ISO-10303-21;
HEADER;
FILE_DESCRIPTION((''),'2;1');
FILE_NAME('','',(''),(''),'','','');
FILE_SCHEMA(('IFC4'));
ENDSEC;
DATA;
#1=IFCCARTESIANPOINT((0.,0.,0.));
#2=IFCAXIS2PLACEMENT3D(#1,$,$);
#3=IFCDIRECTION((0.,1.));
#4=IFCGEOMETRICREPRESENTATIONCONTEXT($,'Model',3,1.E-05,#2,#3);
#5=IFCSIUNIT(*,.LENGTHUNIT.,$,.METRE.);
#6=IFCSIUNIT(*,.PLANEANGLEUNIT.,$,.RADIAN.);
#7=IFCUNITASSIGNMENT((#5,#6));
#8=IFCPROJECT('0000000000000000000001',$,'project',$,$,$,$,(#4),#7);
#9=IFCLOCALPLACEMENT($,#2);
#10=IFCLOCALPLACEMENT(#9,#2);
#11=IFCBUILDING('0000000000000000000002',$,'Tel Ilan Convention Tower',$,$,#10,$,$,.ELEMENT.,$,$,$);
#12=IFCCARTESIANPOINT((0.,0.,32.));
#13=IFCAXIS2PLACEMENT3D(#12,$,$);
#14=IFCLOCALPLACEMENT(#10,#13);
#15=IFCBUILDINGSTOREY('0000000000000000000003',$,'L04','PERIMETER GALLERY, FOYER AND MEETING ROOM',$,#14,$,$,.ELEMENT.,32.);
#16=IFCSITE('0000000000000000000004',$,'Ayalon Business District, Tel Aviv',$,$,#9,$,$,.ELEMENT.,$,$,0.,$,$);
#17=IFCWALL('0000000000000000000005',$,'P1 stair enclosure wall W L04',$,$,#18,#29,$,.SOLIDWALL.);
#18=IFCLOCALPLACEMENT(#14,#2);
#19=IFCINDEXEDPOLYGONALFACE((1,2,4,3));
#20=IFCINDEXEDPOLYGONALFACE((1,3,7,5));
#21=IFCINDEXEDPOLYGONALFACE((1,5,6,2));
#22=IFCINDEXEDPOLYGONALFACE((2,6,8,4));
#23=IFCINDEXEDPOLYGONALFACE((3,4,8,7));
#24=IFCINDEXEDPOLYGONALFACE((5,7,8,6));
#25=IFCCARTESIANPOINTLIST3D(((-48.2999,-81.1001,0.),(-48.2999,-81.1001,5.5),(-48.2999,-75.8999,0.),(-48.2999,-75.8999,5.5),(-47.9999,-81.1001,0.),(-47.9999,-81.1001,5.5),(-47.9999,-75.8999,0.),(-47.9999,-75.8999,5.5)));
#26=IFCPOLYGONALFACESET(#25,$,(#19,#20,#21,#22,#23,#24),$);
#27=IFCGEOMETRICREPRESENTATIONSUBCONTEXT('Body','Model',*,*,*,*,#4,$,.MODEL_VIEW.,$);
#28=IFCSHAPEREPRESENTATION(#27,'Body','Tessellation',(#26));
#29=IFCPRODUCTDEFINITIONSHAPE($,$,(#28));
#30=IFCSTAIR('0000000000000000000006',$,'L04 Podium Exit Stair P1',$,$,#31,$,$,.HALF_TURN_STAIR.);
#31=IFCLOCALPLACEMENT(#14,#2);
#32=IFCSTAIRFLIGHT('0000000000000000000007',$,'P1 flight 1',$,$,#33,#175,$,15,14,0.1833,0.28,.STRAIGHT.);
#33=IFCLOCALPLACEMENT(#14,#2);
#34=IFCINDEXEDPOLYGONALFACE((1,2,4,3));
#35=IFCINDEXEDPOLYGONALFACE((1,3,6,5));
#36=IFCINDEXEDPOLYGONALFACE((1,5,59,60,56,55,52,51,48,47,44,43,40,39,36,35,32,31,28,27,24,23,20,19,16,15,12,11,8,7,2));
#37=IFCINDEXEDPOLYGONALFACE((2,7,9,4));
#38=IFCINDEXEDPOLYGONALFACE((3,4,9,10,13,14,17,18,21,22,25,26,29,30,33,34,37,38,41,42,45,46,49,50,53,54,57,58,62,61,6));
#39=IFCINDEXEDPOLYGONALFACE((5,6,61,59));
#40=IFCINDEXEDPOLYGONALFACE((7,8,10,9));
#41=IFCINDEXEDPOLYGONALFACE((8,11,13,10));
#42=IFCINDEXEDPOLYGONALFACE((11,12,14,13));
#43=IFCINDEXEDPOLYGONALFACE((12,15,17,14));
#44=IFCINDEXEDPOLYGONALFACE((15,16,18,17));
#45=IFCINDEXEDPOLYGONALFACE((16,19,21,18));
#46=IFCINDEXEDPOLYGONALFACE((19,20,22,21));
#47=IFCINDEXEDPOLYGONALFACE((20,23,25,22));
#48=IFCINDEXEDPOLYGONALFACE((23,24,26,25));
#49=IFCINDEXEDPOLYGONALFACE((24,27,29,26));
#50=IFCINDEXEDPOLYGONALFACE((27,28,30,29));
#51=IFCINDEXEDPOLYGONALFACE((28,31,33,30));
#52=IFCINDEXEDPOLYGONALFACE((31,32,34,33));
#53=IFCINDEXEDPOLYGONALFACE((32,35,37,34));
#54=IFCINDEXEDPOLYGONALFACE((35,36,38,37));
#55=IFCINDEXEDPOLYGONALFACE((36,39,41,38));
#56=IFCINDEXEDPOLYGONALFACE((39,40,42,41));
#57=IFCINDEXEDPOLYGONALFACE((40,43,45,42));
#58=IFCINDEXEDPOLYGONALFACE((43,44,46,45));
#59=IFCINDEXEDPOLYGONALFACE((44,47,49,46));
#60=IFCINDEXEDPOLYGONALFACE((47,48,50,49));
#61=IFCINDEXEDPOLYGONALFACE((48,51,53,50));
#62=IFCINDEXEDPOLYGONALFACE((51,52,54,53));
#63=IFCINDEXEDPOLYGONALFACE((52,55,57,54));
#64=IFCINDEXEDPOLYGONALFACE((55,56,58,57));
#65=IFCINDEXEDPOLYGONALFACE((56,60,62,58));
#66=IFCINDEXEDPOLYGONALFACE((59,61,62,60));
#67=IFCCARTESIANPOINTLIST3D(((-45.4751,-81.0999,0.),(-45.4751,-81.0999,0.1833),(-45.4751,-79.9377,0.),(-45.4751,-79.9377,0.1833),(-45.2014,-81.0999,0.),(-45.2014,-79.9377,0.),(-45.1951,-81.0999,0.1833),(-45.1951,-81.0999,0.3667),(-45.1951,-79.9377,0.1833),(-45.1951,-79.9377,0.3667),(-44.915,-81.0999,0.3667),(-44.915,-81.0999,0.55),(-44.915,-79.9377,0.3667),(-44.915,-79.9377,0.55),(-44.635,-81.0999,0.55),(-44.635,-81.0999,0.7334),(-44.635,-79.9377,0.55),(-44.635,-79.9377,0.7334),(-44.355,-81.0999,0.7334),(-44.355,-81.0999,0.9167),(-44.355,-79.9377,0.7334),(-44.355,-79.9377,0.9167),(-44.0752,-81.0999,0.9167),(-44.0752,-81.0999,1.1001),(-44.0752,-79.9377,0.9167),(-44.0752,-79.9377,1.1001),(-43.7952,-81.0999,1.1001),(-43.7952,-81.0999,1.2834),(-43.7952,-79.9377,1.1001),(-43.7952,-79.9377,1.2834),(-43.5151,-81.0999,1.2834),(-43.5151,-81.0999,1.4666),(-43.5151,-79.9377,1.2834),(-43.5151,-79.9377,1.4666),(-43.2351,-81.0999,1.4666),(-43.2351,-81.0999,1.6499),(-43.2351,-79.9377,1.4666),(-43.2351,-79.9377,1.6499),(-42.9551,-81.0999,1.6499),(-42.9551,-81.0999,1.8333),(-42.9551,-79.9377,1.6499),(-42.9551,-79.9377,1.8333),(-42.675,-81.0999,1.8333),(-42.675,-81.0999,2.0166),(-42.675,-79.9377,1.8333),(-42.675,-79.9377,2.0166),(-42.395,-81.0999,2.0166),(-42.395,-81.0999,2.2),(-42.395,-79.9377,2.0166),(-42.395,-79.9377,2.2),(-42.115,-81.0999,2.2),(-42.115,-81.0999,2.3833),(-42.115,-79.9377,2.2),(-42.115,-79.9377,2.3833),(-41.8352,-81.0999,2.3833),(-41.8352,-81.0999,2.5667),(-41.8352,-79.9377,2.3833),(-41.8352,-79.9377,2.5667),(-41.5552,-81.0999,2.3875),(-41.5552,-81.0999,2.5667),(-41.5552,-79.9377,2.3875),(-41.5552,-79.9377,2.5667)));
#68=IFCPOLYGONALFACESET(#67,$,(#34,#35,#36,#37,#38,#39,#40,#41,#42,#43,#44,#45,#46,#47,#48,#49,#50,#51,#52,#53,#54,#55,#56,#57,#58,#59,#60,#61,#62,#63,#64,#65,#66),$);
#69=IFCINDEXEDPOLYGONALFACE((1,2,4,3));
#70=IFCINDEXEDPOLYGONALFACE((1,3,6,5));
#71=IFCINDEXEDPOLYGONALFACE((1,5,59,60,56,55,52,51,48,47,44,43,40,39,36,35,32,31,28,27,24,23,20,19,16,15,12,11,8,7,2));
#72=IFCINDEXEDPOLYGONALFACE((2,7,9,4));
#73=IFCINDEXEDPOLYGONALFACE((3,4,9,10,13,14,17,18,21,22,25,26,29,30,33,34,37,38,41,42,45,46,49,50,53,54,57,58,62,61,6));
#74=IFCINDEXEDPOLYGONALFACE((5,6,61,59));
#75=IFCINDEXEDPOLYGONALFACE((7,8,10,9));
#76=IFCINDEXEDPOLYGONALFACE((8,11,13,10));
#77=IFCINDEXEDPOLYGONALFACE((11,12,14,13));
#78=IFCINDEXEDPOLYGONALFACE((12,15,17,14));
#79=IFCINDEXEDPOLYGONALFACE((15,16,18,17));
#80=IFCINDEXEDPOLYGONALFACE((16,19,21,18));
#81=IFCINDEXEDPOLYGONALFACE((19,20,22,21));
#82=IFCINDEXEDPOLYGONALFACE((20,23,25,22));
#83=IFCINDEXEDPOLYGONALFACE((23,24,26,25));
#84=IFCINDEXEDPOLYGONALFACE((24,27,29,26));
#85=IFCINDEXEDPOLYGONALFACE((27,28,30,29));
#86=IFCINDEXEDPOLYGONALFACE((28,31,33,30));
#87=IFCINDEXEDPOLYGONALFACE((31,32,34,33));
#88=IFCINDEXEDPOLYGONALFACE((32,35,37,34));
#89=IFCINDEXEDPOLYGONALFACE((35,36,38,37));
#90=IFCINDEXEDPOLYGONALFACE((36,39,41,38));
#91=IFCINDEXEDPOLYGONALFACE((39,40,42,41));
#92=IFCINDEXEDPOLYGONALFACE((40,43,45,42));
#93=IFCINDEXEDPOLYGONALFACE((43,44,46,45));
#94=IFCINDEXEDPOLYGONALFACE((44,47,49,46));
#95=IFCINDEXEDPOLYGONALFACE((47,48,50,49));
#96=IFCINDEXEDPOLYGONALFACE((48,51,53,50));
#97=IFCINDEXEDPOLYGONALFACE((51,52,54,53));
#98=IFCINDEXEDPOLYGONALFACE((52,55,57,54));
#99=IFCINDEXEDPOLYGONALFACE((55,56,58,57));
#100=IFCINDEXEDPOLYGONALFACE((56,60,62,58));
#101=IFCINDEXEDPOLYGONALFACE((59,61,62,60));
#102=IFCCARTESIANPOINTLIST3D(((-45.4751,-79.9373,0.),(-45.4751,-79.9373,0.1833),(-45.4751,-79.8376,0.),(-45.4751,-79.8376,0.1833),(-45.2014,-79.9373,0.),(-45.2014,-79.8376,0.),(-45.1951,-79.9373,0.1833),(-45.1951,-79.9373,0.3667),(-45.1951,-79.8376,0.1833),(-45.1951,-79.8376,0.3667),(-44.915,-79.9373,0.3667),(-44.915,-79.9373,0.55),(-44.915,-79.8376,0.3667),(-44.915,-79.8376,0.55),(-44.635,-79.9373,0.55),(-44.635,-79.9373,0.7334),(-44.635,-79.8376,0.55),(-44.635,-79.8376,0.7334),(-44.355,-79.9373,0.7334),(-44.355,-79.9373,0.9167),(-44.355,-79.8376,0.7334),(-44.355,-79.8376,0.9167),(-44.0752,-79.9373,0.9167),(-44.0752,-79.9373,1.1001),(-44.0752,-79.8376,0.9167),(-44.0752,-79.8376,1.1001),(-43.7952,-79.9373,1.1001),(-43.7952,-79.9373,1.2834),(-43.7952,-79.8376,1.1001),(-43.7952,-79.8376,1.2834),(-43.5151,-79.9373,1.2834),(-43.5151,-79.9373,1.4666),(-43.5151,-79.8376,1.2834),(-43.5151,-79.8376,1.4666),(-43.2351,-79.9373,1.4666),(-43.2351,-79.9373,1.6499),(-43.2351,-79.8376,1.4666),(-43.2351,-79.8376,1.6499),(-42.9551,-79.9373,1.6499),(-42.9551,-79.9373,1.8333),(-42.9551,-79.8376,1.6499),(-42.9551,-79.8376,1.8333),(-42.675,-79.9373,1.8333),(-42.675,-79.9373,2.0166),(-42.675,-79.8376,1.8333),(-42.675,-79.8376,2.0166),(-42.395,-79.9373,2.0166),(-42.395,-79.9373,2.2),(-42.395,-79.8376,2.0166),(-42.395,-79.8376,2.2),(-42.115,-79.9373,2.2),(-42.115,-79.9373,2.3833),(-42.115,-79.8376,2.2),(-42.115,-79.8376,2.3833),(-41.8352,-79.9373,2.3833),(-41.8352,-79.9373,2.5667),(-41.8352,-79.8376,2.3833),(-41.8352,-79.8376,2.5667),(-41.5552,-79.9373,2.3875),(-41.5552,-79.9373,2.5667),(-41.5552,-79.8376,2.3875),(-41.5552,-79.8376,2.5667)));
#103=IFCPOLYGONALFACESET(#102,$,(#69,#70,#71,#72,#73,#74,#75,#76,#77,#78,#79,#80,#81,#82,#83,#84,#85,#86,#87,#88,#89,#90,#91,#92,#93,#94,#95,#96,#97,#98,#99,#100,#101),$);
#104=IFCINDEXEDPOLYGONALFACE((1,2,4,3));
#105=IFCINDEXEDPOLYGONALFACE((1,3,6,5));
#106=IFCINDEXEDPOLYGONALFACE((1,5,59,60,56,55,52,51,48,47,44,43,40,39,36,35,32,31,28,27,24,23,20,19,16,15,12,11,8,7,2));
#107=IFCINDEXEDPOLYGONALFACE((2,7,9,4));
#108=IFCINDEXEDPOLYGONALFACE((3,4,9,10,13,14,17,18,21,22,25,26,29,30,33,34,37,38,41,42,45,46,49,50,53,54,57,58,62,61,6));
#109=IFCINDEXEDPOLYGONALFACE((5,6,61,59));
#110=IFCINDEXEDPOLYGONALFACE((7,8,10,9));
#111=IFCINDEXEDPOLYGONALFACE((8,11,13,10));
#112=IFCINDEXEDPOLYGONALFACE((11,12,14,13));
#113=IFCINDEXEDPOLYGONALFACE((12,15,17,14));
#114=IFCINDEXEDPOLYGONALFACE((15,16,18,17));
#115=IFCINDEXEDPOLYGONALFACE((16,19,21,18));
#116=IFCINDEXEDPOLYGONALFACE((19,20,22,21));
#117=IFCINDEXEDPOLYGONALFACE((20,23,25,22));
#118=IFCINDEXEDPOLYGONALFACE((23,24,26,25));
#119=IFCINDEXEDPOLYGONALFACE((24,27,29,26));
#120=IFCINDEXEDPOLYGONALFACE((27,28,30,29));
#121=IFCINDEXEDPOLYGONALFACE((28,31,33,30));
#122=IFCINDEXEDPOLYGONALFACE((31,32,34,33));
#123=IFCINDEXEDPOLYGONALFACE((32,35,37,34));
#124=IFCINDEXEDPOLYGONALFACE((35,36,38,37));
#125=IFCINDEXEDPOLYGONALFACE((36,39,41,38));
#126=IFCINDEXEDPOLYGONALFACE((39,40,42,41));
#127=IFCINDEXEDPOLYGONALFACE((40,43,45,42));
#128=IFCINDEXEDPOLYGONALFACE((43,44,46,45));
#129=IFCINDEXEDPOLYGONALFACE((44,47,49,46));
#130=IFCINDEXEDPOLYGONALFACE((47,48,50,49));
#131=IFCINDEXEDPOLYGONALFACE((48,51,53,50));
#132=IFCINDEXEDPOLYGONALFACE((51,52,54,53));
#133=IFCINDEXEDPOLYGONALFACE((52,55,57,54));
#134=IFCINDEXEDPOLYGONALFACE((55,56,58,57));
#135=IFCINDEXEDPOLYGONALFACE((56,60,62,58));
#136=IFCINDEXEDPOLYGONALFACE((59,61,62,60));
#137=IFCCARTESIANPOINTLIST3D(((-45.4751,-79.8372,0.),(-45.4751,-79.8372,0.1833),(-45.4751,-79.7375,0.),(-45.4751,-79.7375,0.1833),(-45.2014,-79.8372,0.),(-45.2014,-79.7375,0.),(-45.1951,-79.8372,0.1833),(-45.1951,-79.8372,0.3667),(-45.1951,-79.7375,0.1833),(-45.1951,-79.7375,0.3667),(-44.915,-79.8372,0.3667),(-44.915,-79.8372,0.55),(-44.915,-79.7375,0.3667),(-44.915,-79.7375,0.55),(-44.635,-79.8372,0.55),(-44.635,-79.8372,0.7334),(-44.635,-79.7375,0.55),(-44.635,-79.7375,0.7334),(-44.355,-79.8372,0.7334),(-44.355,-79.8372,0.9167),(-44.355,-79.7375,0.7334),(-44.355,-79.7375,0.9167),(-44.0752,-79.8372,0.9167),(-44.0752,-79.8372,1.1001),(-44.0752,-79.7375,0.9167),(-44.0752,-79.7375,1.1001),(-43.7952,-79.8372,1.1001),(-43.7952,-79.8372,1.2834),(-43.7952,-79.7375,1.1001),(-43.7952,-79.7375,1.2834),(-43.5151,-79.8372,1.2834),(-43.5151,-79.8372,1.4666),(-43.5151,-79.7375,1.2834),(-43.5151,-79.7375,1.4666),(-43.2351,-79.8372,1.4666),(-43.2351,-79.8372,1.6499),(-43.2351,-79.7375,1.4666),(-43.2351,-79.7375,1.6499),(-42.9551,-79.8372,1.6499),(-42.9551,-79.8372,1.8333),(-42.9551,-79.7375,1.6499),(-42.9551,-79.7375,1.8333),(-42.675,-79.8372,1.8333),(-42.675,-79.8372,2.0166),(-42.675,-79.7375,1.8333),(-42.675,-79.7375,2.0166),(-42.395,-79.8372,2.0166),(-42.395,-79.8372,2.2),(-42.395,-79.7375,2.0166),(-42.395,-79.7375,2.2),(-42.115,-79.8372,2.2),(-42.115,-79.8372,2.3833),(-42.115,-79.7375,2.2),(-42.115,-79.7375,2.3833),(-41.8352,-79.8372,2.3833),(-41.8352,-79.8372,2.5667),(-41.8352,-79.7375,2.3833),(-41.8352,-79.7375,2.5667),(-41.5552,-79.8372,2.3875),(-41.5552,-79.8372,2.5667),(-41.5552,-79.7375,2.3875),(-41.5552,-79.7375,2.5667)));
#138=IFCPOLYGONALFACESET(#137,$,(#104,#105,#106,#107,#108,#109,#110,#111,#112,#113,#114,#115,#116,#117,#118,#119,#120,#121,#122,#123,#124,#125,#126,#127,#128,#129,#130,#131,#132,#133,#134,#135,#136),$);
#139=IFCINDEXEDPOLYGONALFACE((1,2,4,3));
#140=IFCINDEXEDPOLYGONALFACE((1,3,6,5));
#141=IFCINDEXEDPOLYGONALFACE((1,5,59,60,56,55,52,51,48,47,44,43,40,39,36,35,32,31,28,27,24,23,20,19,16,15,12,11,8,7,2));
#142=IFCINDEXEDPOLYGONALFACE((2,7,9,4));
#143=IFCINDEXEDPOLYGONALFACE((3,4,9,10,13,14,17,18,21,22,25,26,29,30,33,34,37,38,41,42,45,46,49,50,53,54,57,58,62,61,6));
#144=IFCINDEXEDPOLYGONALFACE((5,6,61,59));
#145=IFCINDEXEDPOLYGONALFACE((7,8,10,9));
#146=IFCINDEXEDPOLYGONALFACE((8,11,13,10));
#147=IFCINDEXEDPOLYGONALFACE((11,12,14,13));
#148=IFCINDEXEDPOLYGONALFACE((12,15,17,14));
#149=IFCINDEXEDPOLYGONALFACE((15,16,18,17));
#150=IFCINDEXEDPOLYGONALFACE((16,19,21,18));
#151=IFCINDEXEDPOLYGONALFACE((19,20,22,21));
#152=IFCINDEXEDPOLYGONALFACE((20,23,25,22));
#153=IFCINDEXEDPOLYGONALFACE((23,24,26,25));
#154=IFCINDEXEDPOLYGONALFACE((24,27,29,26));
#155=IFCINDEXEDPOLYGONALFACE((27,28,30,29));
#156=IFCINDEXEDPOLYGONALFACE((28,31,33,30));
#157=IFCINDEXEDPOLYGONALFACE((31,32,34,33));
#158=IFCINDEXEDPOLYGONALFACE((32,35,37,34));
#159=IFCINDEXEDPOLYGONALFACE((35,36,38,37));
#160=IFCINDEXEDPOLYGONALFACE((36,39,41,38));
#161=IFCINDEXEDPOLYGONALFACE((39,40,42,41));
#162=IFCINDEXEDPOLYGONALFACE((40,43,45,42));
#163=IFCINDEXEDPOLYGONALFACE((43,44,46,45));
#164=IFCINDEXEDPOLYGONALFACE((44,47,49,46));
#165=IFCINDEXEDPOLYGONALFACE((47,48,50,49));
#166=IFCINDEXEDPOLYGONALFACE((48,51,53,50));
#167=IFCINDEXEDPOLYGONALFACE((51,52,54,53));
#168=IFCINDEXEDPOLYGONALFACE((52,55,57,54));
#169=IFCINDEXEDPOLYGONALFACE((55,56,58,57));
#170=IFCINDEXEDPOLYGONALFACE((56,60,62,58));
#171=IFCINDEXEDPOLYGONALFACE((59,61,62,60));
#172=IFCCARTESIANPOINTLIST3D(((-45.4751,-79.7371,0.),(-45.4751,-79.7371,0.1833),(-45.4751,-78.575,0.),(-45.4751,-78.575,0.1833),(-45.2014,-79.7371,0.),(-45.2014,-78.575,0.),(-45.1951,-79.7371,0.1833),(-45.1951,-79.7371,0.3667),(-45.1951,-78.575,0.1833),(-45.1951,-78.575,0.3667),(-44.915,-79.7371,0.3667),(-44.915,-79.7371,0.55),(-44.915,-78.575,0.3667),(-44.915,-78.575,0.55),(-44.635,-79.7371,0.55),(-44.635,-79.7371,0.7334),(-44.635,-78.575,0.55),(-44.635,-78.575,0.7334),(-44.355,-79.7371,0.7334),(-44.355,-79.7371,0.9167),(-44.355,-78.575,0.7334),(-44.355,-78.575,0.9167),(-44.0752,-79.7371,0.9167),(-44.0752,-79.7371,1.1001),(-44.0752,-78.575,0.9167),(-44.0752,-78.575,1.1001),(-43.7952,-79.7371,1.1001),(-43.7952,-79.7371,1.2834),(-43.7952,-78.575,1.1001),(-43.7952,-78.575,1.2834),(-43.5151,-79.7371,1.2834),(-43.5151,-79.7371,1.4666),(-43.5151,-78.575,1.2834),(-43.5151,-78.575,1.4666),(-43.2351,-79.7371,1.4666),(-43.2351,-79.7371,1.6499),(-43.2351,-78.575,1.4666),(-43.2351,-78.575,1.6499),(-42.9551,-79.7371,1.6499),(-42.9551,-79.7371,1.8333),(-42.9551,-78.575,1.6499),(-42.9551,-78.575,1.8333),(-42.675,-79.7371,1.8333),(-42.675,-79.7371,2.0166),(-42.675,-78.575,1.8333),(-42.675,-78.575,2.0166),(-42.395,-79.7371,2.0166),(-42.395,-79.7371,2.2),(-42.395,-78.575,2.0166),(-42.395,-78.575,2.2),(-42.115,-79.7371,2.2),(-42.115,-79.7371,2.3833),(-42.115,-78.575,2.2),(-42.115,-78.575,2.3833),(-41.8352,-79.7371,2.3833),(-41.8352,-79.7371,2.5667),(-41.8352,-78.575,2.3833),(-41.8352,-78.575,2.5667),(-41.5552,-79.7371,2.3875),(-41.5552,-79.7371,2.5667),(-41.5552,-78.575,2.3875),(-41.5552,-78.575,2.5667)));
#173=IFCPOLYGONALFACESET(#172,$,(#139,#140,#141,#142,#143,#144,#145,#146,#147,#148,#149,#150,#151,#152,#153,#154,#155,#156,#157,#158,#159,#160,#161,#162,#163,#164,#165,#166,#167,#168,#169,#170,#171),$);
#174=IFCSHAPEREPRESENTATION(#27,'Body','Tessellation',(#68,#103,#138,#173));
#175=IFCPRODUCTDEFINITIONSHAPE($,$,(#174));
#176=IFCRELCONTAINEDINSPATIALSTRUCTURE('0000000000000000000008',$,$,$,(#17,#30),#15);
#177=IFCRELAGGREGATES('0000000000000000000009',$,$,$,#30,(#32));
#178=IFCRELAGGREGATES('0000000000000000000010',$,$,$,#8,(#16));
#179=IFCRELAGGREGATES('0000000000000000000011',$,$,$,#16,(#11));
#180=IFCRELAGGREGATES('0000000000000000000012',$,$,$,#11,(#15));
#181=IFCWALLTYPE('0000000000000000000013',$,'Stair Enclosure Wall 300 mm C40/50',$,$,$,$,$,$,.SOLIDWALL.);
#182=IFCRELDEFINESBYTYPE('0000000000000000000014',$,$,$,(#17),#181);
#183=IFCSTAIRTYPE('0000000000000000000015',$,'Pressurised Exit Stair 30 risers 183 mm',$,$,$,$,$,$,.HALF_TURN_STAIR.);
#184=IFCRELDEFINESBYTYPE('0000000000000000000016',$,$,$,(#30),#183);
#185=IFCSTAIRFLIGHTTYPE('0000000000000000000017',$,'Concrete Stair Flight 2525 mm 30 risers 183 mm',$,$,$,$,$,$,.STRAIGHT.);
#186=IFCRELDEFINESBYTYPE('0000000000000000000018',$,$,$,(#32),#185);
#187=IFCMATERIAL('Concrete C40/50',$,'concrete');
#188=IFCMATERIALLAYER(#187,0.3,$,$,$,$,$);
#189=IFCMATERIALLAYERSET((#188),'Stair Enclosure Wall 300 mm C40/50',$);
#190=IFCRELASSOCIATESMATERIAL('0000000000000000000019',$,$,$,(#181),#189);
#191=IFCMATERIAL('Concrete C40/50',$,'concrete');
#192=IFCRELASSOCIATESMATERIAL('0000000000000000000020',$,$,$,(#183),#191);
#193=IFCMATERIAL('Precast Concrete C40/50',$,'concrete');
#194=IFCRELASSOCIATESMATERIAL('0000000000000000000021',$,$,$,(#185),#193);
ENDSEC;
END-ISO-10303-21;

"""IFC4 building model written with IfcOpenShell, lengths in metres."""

from ifc_helpers import new_model, si_unit, direction, frame, frame_2d, origin, place, context, subcontext, project, spatial, polyline, rectangle, outline, extrude, material, layer, layer_set, type_object, element, aggregate, save


model = new_model("IFC4")

# Units and contexts
model_context = context("Model", 3, precision=1e-05, world=origin(), true_north=direction((0.0, 1.0)))
body_context = subcontext(model_context, "Body", "Model", "MODEL_VIEW")
ifc_project = project(units=[si_unit("LENGTHUNIT", "METRE"), si_unit("PLANEANGLEUNIT", "RADIAN")], contexts=[model_context])

# Site, building, storey
site_placement = place(None, origin())
site = spatial("IfcSite", under=ifc_project, at=site_placement, Name="Ayalon Business District, Tel Aviv", CompositionType="ELEMENT", RefElevation=0.0)
building_placement = place(site_placement, origin())
building = spatial("IfcBuilding", under=site, at=building_placement, Name="Tel Ilan Convention Tower", CompositionType="ELEMENT")
storey_placement = place(building_placement, frame((0.0, 0.0, 32.0)))
storey = spatial("IfcBuildingStorey", under=building, at=storey_placement, Name="L04", Description="PERIMETER GALLERY, FOYER AND MEETING ROOM", CompositionType="ELEMENT", Elevation=32.0)

# Wall
ifc_material_1 = material(Name="Concrete C40/50", Category="concrete")
ifc_layer = layer(ifc_material_1, 0.3)
ifc_layer_set = layer_set([ifc_layer], Name="Stair Enclosure Wall 300 mm C40/50")
wall_type = type_object("IfcWallType", Name="Stair Enclosure Wall 300 mm C40/50", PredefinedType="SOLIDWALL", material=ifc_layer_set)
wall_placement = place(storey_placement, frame((-48.1499, -81.1001, 0.0), z_axis=(0.0, 0.0, 1.0), x_axis=(0.0, 1.0, 0.0)))
element("IfcWall", 1, at=wall_placement, inside=storey, type_object=wall_type, Name="P1 stair enclosure wall W L04", PredefinedType="SOLIDWALL", context=body_context, shape_type="SweptSolid", body=[
    extrude(rectangle(XDim=5.2002, YDim=0.3, at=frame_2d((2.6001, 0.0))), origin(), (0.0, 0.0, 1.0), 5.5),
])

# Stair, stair flight
ifc_material_2 = material(Name="Concrete C40/50", Category="concrete")
stair_type = type_object("IfcStairType", Name="Pressurised Exit Stair 30 risers 183 mm", PredefinedType="HALF_TURN_STAIR", material=ifc_material_2)
stair_placement = place(storey_placement, origin())
stair = element("IfcStair", 2, at=stair_placement, inside=storey, type_object=stair_type, Name="L04 Podium Exit Stair P1", PredefinedType="HALF_TURN_STAIR")
ifc_material_3 = material(Name="Precast Concrete C40/50", Category="concrete")
stair_flight_type = type_object("IfcStairFlightType", Name="Concrete Stair Flight 2525 mm 30 risers 183 mm", PredefinedType="STRAIGHT", material=ifc_material_3)
stair_flight_placement = place(storey_placement, frame((-45.4751, -79.8374, 0.0), z_axis=(0.0, 0.0, 1.0), x_axis=(1.0, 0.0, 0.0)))
stair_flight = element("IfcStairFlight", 3, at=stair_flight_placement, type_object=stair_flight_type, Name="P1 flight 1", NumberOfRisers=15, NumberOfTreads=14, PredefinedType="STRAIGHT", RiserHeight=0.1833, TreadLength=0.28, context=body_context, shape_type="SweptSolid", body=[
    extrude(outline(polyline([(0.0, 0.0), (0.0, 0.1833), (0.28, 0.1833), (0.28, 0.3667), (0.5601, 0.3667), (0.5601, 0.55), (0.8401, 0.55), (0.8401, 0.7334), (1.1201, 0.7334), (1.1201, 0.9167), (1.3999, 0.9167), (1.3999, 1.1001), (1.6799, 1.1001), (1.6799, 1.2834), (1.96, 1.2834), (1.96, 1.4666), (2.24, 1.4666), (2.24, 1.6499), (2.52, 1.6499), (2.52, 1.8333), (2.8, 1.8333), (2.8, 2.0166), (3.0801, 2.0166), (3.0801, 2.2), (3.3601, 2.2), (3.3601, 2.3833), (3.6399, 2.3833), (3.6399, 2.5667), (3.9199, 2.5667), (3.9199, 2.75), (3.9199, 2.3875), (0.2737, 0.0), (0.0, 0.0)])), frame((0.0, -0.1003, 0.0), z_axis=(0.0, -1.0, 0.0), x_axis=(1.0, 0.0, 0.0)), (0.0, 0.0, 1.0), 1.1621),
    extrude(outline(polyline([(0.0, 0.0), (0.0, 0.1833), (0.28, 0.1833), (0.28, 0.3667), (0.5601, 0.3667), (0.5601, 0.55), (0.8401, 0.55), (0.8401, 0.7334), (1.1201, 0.7334), (1.1201, 0.9167), (1.3999, 0.9167), (1.3999, 1.1001), (1.6799, 1.1001), (1.6799, 1.2834), (1.96, 1.2834), (1.96, 1.4666), (2.24, 1.4666), (2.24, 1.6499), (2.52, 1.6499), (2.52, 1.8333), (2.8, 1.8333), (2.8, 2.0166), (3.0801, 2.0166), (3.0801, 2.2), (3.3601, 2.2), (3.3601, 2.3833), (3.6399, 2.3833), (3.6399, 2.5667), (3.9199, 2.5667), (3.9199, 2.75), (3.9199, 2.3875), (0.2737, 0.0), (0.0, 0.0)])), frame((0.0, -0.0002, 0.0), z_axis=(0.0, -1.0, 0.0), x_axis=(1.0, 0.0, 0.0)), (0.0, 0.0, 1.0), 0.0996),
    extrude(outline(polyline([(0.0, 0.0), (0.0, 0.1833), (0.28, 0.1833), (0.28, 0.3667), (0.5601, 0.3667), (0.5601, 0.55), (0.8401, 0.55), (0.8401, 0.7334), (1.1201, 0.7334), (1.1201, 0.9167), (1.3999, 0.9167), (1.3999, 1.1001), (1.6799, 1.1001), (1.6799, 1.2834), (1.96, 1.2834), (1.96, 1.4666), (2.24, 1.4666), (2.24, 1.6499), (2.52, 1.6499), (2.52, 1.8333), (2.8, 1.8333), (2.8, 2.0166), (3.0801, 2.0166), (3.0801, 2.2), (3.3601, 2.2), (3.3601, 2.3833), (3.6399, 2.3833), (3.6399, 2.5667), (3.9199, 2.5667), (3.9199, 2.75), (3.9199, 2.3875), (0.2737, 0.0), (0.0, 0.0)])), frame((0.0, 0.0999, 0.0), z_axis=(0.0, -1.0, 0.0), x_axis=(1.0, 0.0, 0.0)), (0.0, 0.0, 1.0), 0.0996),
    extrude(outline(polyline([(0.0, 0.0), (0.0, 0.1833), (0.28, 0.1833), (0.28, 0.3667), (0.5601, 0.3667), (0.5601, 0.55), (0.8401, 0.55), (0.8401, 0.7334), (1.1201, 0.7334), (1.1201, 0.9167), (1.3999, 0.9167), (1.3999, 1.1001), (1.6799, 1.1001), (1.6799, 1.2834), (1.96, 1.2834), (1.96, 1.4666), (2.24, 1.4666), (2.24, 1.6499), (2.52, 1.6499), (2.52, 1.8333), (2.8, 1.8333), (2.8, 2.0166), (3.0801, 2.0166), (3.0801, 2.2), (3.3601, 2.2), (3.3601, 2.3833), (3.6399, 2.3833), (3.6399, 2.5667), (3.9199, 2.5667), (3.9199, 2.75), (3.9199, 2.3875), (0.2737, 0.0), (0.0, 0.0)])), frame((0.0, 1.2625, 0.0), z_axis=(0.0, -1.0, 0.0), x_axis=(1.0, 0.0, 0.0)), (0.0, 0.0, 1.0), 1.1621),
])
aggregate(stair, [stair_flight])

save(model, "model.ifc")
